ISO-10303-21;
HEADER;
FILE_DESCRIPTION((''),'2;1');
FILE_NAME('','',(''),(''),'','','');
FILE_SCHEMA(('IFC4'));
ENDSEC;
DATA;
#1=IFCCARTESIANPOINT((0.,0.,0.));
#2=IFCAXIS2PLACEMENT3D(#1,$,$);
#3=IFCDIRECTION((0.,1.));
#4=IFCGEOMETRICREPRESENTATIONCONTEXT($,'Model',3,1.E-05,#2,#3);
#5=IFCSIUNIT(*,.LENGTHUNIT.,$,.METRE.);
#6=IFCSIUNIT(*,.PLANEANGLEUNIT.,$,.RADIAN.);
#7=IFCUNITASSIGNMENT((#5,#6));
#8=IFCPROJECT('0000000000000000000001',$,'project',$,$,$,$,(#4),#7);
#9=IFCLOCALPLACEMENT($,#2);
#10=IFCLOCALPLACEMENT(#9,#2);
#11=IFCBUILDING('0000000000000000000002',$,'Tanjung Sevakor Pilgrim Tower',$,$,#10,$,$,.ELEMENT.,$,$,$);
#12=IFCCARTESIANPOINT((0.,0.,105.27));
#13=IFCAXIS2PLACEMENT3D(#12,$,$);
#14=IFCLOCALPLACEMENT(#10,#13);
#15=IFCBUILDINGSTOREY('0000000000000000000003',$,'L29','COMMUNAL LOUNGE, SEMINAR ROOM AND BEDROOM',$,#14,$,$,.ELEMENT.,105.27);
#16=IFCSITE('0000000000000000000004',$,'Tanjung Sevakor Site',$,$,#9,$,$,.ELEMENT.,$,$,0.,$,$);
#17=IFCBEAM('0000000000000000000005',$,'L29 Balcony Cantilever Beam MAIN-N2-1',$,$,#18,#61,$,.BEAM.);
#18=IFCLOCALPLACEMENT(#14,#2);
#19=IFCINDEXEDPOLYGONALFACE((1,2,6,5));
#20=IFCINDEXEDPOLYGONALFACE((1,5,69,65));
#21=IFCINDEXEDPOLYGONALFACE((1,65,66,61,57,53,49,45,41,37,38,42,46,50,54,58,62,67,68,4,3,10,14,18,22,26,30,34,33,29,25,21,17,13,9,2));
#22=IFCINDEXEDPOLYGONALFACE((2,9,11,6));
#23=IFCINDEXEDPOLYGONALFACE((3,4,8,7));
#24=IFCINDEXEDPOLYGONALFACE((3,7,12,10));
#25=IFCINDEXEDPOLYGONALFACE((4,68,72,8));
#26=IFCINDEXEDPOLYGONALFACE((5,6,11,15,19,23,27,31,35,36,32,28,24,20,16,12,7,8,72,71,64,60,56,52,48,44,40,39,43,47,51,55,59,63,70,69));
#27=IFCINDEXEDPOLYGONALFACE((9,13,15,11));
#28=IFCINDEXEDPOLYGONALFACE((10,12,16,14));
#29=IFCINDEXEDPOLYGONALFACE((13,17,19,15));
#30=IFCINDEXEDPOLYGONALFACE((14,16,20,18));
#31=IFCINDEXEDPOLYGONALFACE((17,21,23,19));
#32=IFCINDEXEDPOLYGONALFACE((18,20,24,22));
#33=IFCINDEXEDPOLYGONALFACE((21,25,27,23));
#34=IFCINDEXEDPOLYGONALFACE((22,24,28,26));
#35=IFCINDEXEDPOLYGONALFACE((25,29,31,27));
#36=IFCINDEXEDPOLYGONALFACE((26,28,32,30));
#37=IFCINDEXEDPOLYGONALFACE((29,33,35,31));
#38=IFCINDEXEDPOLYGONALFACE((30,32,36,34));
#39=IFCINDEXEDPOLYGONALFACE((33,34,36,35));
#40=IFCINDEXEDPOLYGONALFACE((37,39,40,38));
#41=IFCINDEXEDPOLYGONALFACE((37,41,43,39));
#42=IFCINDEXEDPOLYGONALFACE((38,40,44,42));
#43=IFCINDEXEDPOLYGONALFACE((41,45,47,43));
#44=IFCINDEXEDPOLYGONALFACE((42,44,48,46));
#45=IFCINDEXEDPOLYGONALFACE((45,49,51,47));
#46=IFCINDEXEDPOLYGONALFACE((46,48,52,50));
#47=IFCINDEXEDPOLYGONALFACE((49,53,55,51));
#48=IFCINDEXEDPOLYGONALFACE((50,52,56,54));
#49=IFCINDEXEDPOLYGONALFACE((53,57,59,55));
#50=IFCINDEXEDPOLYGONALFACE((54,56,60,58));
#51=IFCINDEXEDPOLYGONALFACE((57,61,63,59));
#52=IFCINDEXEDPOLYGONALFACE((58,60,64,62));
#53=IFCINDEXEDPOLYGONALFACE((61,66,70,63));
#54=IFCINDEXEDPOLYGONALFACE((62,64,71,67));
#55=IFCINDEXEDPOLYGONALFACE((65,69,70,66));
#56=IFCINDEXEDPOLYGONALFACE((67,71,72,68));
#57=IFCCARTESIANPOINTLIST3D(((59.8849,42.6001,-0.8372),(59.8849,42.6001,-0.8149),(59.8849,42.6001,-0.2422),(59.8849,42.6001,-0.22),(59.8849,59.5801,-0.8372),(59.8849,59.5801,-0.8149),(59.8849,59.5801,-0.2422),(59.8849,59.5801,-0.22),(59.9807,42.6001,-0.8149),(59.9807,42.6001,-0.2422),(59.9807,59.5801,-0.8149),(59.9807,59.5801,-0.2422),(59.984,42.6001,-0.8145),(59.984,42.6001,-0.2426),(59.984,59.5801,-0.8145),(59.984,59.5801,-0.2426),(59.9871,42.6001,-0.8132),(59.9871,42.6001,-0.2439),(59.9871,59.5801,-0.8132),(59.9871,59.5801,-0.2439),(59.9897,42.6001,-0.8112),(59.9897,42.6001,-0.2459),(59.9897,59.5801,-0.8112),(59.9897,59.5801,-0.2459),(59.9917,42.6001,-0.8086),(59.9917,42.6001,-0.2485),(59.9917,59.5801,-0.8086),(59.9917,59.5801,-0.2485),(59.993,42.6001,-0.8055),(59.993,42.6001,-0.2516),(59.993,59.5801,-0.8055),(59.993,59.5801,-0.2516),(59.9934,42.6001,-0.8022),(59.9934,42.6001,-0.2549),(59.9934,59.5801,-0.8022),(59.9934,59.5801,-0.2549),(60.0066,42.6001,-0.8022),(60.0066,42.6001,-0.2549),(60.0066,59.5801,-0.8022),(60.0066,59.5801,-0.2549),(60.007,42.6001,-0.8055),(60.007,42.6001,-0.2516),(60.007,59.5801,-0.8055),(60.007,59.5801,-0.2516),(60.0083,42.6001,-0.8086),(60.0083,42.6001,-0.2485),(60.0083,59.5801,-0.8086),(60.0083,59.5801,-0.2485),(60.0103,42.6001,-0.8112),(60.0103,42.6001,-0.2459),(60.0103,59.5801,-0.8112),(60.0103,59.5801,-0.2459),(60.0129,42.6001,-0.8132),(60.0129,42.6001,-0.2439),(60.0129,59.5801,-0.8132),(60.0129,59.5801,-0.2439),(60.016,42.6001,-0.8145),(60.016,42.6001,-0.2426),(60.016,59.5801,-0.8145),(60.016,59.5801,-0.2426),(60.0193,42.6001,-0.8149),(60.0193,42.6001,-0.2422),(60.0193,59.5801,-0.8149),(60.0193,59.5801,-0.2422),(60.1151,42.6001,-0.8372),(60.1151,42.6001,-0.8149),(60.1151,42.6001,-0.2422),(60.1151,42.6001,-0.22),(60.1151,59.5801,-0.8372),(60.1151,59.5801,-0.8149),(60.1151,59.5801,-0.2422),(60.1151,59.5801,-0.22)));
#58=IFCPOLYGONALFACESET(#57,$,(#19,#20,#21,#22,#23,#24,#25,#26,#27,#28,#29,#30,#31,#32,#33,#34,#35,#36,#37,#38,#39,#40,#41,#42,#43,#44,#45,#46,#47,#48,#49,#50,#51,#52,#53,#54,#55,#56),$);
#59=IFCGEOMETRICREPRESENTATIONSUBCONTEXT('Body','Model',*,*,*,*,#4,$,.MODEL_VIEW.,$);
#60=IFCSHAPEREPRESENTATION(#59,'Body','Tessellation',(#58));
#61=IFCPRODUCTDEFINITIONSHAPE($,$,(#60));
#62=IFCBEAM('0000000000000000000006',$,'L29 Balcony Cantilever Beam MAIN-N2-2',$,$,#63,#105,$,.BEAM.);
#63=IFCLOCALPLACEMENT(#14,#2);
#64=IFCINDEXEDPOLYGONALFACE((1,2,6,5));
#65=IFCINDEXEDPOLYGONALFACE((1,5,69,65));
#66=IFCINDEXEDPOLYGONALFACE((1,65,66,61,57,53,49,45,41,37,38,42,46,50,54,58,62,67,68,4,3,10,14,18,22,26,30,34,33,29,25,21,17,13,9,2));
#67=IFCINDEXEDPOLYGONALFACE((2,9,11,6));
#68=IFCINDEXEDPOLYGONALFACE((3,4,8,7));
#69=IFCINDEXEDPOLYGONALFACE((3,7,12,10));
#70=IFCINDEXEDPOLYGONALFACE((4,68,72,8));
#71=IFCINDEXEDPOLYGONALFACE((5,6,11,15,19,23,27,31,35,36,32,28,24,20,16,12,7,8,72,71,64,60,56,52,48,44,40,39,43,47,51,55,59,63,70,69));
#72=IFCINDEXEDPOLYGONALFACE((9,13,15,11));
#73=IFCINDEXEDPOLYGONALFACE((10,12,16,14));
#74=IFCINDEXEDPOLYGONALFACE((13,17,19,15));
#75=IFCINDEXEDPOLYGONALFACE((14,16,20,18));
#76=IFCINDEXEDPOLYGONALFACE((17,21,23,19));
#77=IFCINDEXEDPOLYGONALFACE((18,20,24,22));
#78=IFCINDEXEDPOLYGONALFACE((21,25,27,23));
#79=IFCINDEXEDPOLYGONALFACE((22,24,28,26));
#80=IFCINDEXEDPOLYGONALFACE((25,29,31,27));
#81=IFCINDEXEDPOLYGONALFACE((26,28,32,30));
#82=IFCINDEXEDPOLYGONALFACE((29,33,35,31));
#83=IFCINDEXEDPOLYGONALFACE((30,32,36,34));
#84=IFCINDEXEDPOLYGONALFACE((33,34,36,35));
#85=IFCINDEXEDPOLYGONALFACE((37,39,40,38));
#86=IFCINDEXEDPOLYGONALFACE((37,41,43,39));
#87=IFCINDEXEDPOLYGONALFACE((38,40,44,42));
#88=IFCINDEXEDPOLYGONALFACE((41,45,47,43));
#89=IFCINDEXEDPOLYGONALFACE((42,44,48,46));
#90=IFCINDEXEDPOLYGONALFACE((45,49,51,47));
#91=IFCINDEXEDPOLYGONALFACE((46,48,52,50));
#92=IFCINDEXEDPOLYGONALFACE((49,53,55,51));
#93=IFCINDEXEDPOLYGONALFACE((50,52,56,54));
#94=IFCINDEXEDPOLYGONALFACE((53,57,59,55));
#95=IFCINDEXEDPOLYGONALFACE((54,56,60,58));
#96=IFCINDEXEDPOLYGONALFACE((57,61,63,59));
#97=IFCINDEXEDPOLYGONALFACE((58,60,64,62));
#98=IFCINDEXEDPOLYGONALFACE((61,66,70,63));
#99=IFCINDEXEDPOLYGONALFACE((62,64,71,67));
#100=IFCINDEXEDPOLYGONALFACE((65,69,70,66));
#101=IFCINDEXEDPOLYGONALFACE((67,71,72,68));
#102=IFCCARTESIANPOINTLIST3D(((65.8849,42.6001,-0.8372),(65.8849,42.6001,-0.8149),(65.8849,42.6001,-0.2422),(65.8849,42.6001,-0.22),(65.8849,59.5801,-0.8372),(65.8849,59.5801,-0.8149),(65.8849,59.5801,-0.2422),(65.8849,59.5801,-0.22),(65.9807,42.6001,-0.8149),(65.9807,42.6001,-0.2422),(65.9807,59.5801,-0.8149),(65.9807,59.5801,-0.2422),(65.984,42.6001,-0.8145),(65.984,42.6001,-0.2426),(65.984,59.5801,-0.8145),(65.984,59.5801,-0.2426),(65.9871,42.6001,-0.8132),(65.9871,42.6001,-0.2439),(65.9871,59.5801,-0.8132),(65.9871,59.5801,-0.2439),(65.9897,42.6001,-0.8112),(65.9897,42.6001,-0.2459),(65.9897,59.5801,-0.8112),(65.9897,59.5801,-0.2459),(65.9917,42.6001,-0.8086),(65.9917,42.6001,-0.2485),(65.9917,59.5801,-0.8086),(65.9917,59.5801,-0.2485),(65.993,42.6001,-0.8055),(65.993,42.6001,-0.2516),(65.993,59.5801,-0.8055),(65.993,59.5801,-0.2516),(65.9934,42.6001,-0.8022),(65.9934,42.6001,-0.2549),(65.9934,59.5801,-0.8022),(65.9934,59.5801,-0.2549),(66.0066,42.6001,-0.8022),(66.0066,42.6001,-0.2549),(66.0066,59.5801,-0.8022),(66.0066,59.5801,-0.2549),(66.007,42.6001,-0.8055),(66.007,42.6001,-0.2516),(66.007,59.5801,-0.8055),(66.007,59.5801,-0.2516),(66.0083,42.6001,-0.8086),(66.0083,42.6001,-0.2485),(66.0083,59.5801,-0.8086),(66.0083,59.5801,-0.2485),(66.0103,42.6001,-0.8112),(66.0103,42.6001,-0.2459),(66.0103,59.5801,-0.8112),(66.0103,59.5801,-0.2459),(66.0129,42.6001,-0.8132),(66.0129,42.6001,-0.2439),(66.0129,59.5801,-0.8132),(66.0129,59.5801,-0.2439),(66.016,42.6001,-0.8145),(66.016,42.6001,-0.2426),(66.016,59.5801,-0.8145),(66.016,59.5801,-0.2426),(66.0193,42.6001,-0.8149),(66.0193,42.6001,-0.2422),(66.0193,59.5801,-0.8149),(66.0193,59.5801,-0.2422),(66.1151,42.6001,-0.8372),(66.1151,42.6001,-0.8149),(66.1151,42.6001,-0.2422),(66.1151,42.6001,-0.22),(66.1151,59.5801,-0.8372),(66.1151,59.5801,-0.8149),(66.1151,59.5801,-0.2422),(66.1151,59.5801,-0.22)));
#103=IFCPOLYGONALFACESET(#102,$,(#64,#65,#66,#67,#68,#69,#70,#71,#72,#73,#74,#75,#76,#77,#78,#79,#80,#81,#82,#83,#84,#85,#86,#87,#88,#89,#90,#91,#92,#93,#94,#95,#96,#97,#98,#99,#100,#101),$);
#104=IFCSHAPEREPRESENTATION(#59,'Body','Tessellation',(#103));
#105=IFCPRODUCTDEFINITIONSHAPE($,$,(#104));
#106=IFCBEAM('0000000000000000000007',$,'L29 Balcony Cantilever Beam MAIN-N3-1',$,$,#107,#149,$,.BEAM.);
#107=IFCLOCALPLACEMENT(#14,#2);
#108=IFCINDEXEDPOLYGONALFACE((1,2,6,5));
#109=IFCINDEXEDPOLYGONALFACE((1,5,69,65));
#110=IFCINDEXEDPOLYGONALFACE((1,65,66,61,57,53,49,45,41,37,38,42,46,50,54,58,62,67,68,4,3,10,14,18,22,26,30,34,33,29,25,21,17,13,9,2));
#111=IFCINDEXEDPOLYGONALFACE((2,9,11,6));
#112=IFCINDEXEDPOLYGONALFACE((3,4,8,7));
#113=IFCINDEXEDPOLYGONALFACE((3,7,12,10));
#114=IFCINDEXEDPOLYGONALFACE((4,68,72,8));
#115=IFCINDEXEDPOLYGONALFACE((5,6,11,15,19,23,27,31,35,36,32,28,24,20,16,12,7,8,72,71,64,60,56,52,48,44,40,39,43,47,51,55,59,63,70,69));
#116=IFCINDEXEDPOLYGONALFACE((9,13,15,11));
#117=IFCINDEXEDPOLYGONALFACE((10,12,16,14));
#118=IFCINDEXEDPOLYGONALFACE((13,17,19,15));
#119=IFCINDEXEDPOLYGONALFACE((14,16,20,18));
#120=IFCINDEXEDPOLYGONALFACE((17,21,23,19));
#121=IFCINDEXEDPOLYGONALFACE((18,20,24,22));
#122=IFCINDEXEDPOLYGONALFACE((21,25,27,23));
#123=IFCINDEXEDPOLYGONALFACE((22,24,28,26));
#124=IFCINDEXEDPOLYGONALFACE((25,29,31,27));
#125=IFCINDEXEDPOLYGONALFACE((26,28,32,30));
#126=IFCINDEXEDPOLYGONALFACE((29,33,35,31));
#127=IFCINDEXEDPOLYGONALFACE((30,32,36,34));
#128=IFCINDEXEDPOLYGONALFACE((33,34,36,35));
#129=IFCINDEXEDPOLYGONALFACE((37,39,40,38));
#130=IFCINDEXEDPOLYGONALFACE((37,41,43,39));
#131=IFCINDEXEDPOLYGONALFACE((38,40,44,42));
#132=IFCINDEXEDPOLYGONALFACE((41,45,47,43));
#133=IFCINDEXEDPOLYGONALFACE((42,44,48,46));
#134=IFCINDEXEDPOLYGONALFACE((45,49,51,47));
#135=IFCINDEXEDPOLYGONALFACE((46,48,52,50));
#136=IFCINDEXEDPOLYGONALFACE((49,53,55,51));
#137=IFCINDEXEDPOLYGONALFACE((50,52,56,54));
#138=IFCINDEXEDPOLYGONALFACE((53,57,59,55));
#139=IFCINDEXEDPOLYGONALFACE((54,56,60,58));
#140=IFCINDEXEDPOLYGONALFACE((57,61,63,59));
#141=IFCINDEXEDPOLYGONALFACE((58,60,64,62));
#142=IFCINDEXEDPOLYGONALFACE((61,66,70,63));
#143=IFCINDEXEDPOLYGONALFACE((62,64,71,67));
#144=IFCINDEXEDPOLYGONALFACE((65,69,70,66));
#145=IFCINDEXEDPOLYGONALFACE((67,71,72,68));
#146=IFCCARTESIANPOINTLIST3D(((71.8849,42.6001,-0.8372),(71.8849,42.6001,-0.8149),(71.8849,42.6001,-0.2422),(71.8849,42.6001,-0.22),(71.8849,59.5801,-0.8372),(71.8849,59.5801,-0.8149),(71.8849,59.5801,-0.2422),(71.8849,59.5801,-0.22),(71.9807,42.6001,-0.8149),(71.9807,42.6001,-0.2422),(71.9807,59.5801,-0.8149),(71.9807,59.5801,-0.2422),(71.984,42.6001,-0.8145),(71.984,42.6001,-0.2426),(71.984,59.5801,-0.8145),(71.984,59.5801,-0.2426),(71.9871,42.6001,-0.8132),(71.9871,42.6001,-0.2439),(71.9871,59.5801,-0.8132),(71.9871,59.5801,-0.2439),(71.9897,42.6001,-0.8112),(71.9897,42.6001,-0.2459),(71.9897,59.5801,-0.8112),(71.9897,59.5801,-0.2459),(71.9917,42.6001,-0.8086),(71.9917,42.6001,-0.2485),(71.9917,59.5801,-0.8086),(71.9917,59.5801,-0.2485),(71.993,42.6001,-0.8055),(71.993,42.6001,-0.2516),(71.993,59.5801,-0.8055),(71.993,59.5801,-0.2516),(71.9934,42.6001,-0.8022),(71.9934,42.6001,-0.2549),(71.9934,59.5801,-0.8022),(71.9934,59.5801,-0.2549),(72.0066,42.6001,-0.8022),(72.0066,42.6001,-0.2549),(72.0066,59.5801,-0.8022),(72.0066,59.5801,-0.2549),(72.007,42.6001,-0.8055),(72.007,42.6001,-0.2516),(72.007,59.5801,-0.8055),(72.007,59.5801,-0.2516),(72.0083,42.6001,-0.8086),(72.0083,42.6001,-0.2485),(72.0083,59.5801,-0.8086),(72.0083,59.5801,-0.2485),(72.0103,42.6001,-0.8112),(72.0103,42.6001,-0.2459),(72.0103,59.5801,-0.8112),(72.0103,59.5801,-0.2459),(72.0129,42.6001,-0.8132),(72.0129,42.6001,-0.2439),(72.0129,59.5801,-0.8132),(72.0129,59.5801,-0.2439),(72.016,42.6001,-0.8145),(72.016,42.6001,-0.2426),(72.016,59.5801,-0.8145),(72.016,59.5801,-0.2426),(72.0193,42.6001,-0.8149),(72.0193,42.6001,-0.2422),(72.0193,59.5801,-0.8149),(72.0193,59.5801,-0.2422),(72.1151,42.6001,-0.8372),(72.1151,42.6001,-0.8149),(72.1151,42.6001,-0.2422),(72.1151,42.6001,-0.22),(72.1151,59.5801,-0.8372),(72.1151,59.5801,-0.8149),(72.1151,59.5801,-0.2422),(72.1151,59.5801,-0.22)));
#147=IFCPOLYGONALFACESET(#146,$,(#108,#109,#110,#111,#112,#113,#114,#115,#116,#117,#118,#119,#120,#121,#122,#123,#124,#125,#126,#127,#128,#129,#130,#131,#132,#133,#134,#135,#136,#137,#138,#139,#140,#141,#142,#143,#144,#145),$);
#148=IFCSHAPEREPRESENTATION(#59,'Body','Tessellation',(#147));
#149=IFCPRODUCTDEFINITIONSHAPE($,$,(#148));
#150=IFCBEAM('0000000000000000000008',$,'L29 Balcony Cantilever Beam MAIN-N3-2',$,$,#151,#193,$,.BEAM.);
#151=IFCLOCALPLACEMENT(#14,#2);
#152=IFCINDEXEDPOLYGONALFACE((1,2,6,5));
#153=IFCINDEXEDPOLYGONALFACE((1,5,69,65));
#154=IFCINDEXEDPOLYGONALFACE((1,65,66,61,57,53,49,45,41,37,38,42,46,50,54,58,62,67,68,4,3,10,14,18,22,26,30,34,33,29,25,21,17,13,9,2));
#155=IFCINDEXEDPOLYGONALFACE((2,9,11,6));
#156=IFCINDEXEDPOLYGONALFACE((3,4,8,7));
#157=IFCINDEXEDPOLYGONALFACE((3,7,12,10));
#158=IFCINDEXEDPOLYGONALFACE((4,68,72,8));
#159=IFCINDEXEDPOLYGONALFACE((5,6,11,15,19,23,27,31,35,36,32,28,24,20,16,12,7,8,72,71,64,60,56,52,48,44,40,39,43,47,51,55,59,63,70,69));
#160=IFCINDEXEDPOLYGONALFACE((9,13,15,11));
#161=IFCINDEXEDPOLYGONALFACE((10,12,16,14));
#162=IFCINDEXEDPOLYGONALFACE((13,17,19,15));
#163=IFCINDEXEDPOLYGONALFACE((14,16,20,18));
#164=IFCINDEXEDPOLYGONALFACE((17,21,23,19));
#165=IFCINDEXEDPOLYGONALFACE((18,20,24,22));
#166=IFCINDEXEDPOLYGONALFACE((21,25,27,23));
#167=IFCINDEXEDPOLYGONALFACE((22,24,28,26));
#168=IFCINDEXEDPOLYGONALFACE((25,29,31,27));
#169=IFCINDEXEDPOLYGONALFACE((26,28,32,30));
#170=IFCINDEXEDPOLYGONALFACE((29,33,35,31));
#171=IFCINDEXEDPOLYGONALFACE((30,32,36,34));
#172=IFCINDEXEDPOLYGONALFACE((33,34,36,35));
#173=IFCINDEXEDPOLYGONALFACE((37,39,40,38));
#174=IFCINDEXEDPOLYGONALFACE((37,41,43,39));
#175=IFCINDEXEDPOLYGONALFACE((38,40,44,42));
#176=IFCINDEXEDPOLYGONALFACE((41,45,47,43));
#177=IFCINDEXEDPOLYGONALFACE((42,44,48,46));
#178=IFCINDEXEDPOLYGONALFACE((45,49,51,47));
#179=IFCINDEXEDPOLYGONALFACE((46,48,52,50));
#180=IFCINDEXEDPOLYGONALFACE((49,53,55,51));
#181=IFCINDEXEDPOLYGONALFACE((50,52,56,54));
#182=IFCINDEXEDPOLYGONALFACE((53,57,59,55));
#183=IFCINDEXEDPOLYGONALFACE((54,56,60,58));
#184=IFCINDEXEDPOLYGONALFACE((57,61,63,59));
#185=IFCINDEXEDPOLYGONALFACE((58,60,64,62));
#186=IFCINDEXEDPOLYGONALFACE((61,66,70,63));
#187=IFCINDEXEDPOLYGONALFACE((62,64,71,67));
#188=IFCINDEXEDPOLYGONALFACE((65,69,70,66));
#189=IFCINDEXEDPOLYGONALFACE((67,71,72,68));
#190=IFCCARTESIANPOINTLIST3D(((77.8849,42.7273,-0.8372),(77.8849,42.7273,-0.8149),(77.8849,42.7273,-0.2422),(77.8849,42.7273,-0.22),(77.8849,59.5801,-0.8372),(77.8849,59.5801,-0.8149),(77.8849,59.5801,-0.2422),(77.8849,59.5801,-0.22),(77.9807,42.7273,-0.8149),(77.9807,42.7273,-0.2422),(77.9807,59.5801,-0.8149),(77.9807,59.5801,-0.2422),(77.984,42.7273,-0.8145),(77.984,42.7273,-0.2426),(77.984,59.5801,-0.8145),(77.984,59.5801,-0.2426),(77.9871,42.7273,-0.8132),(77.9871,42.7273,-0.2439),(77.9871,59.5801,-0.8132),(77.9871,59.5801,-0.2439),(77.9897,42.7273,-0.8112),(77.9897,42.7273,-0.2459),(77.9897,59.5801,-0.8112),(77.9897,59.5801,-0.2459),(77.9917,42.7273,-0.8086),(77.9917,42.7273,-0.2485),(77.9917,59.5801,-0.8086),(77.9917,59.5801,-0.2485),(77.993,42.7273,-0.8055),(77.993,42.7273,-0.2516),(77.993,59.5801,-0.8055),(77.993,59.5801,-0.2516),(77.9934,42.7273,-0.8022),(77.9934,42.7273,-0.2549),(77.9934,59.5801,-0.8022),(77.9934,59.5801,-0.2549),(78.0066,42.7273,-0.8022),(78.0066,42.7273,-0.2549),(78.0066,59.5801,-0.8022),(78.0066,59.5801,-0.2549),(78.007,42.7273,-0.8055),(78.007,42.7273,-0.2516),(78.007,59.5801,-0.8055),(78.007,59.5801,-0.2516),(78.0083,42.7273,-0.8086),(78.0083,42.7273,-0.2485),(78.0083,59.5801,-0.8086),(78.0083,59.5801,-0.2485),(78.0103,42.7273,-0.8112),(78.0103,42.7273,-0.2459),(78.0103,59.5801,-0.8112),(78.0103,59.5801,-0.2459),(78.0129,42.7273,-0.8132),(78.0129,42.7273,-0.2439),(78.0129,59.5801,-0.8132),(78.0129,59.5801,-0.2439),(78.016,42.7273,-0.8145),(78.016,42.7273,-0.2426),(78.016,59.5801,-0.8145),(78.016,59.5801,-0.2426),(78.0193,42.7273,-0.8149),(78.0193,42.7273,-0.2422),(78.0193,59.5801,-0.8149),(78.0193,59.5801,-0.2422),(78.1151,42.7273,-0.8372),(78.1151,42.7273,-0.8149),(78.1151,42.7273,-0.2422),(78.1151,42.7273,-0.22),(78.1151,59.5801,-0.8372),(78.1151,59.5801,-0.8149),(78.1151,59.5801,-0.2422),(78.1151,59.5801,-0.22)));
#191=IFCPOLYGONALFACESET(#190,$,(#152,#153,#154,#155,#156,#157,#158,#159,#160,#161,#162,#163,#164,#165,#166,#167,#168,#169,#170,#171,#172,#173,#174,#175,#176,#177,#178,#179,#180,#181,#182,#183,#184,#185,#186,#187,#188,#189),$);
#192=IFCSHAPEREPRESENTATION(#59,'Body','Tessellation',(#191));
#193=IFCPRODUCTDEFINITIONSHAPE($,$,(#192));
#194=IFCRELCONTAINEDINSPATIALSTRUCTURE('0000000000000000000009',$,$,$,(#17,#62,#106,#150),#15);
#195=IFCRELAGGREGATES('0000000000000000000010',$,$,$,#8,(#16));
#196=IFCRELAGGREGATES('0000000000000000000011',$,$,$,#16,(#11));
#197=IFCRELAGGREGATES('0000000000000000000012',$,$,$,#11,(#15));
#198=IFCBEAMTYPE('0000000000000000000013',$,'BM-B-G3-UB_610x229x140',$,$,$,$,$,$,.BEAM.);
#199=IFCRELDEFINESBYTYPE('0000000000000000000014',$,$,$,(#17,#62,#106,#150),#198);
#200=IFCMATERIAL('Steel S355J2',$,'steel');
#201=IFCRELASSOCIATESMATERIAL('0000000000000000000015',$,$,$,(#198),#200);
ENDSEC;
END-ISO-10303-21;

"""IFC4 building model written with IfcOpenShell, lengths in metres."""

from ifc_helpers import new_model, si_unit, direction, frame, origin, origin_2d, place, context, subcontext, project, spatial, i_section, extrude, material, material_profile, profile_set, type_object, element, save


model = new_model("IFC4")

# Units and contexts
model_context = context("Model", 3, precision=1e-05, world=origin(), true_north=direction((0.0, 1.0)))
body_context = subcontext(model_context, "Body", "Model", "MODEL_VIEW")
ifc_project = project(units=[si_unit("LENGTHUNIT", "METRE"), si_unit("PLANEANGLEUNIT", "RADIAN")], contexts=[model_context])

# Site, building, storey
site_placement = place(None, origin())
site = spatial("IfcSite", under=ifc_project, at=site_placement, Name="Tanjung Sevakor Site", CompositionType="ELEMENT", RefElevation=0.0)
building_placement = place(site_placement, origin())
building = spatial("IfcBuilding", under=site, at=building_placement, Name="Tanjung Sevakor Pilgrim Tower", CompositionType="ELEMENT")
storey_placement = place(building_placement, frame((0.0, 0.0, 105.27)))
storey = spatial("IfcBuildingStorey", under=building, at=storey_placement, Name="L29", Description="COMMUNAL LOUNGE, SEMINAR ROOM AND BEDROOM", CompositionType="ELEMENT", Elevation=105.27)

# Beams
ifc_material_1 = material(Name="Steel S355J2", Category="steel")
ifc_material_profile_1 = material_profile(ifc_material_1, i_section(OverallWidth=0.2302, OverallDepth=0.6172, WebThickness=0.0132, FlangeThickness=0.0222, FilletRadius=0.0127, at=origin_2d()))
ifc_profile_set_1 = profile_set([ifc_material_profile_1], Name="Steel S355J2")
beam_type_1 = type_object("IfcBeamType", Name="BM-B-G3-UB_610x229x140", PredefinedType="BEAM", material=ifc_profile_set_1)
for number, where, z_axis, x_axis, name in (
    (1, (60.0, 42.6001, -0.5286), (0.0, 1.0, 0.0), (-1.0, 0.0, 0.0), "L29 Balcony Cantilever Beam MAIN-N2-1"),
    (2, (66.0, 42.6001, -0.5286), (0.0, 1.0, 0.0), (-1.0, 0.0, 0.0), "L29 Balcony Cantilever Beam MAIN-N2-2"),
    (3, (72.0, 42.6001, -0.5286), (0.0, 1.0, 0.0), (-1.0, 0.0, 0.0), "L29 Balcony Cantilever Beam MAIN-N3-1"),
):
    element("IfcBeam", number, at=place(storey_placement, frame(where, z_axis=z_axis, x_axis=x_axis)), inside=storey, type_object=beam_type_1, Name=name, PredefinedType="BEAM", context=body_context, shape_type="SweptSolid", body=[
        extrude(i_section(OverallWidth=0.2302, OverallDepth=0.6172, WebThickness=0.0132, FlangeThickness=0.0222, FilletRadius=0.0127, at=origin_2d()), origin(), (0.0, 0.0, 1.0), 16.98),
    ])
beam_placement = place(storey_placement, frame((78.0, 42.7273, -0.5286), z_axis=(0.0, 1.0, 0.0), x_axis=(-1.0, 0.0, 0.0)))
element("IfcBeam", 4, at=beam_placement, inside=storey, type_object=beam_type_1, Name="L29 Balcony Cantilever Beam MAIN-N3-2", PredefinedType="BEAM", context=body_context, shape_type="SweptSolid", body=[
    extrude(i_section(OverallWidth=0.2302, OverallDepth=0.6172, WebThickness=0.0132, FlangeThickness=0.0222, FilletRadius=0.0127, at=origin_2d()), origin(), (0.0, 0.0, 1.0), 16.8528),
])

save(model, "model.ifc")
